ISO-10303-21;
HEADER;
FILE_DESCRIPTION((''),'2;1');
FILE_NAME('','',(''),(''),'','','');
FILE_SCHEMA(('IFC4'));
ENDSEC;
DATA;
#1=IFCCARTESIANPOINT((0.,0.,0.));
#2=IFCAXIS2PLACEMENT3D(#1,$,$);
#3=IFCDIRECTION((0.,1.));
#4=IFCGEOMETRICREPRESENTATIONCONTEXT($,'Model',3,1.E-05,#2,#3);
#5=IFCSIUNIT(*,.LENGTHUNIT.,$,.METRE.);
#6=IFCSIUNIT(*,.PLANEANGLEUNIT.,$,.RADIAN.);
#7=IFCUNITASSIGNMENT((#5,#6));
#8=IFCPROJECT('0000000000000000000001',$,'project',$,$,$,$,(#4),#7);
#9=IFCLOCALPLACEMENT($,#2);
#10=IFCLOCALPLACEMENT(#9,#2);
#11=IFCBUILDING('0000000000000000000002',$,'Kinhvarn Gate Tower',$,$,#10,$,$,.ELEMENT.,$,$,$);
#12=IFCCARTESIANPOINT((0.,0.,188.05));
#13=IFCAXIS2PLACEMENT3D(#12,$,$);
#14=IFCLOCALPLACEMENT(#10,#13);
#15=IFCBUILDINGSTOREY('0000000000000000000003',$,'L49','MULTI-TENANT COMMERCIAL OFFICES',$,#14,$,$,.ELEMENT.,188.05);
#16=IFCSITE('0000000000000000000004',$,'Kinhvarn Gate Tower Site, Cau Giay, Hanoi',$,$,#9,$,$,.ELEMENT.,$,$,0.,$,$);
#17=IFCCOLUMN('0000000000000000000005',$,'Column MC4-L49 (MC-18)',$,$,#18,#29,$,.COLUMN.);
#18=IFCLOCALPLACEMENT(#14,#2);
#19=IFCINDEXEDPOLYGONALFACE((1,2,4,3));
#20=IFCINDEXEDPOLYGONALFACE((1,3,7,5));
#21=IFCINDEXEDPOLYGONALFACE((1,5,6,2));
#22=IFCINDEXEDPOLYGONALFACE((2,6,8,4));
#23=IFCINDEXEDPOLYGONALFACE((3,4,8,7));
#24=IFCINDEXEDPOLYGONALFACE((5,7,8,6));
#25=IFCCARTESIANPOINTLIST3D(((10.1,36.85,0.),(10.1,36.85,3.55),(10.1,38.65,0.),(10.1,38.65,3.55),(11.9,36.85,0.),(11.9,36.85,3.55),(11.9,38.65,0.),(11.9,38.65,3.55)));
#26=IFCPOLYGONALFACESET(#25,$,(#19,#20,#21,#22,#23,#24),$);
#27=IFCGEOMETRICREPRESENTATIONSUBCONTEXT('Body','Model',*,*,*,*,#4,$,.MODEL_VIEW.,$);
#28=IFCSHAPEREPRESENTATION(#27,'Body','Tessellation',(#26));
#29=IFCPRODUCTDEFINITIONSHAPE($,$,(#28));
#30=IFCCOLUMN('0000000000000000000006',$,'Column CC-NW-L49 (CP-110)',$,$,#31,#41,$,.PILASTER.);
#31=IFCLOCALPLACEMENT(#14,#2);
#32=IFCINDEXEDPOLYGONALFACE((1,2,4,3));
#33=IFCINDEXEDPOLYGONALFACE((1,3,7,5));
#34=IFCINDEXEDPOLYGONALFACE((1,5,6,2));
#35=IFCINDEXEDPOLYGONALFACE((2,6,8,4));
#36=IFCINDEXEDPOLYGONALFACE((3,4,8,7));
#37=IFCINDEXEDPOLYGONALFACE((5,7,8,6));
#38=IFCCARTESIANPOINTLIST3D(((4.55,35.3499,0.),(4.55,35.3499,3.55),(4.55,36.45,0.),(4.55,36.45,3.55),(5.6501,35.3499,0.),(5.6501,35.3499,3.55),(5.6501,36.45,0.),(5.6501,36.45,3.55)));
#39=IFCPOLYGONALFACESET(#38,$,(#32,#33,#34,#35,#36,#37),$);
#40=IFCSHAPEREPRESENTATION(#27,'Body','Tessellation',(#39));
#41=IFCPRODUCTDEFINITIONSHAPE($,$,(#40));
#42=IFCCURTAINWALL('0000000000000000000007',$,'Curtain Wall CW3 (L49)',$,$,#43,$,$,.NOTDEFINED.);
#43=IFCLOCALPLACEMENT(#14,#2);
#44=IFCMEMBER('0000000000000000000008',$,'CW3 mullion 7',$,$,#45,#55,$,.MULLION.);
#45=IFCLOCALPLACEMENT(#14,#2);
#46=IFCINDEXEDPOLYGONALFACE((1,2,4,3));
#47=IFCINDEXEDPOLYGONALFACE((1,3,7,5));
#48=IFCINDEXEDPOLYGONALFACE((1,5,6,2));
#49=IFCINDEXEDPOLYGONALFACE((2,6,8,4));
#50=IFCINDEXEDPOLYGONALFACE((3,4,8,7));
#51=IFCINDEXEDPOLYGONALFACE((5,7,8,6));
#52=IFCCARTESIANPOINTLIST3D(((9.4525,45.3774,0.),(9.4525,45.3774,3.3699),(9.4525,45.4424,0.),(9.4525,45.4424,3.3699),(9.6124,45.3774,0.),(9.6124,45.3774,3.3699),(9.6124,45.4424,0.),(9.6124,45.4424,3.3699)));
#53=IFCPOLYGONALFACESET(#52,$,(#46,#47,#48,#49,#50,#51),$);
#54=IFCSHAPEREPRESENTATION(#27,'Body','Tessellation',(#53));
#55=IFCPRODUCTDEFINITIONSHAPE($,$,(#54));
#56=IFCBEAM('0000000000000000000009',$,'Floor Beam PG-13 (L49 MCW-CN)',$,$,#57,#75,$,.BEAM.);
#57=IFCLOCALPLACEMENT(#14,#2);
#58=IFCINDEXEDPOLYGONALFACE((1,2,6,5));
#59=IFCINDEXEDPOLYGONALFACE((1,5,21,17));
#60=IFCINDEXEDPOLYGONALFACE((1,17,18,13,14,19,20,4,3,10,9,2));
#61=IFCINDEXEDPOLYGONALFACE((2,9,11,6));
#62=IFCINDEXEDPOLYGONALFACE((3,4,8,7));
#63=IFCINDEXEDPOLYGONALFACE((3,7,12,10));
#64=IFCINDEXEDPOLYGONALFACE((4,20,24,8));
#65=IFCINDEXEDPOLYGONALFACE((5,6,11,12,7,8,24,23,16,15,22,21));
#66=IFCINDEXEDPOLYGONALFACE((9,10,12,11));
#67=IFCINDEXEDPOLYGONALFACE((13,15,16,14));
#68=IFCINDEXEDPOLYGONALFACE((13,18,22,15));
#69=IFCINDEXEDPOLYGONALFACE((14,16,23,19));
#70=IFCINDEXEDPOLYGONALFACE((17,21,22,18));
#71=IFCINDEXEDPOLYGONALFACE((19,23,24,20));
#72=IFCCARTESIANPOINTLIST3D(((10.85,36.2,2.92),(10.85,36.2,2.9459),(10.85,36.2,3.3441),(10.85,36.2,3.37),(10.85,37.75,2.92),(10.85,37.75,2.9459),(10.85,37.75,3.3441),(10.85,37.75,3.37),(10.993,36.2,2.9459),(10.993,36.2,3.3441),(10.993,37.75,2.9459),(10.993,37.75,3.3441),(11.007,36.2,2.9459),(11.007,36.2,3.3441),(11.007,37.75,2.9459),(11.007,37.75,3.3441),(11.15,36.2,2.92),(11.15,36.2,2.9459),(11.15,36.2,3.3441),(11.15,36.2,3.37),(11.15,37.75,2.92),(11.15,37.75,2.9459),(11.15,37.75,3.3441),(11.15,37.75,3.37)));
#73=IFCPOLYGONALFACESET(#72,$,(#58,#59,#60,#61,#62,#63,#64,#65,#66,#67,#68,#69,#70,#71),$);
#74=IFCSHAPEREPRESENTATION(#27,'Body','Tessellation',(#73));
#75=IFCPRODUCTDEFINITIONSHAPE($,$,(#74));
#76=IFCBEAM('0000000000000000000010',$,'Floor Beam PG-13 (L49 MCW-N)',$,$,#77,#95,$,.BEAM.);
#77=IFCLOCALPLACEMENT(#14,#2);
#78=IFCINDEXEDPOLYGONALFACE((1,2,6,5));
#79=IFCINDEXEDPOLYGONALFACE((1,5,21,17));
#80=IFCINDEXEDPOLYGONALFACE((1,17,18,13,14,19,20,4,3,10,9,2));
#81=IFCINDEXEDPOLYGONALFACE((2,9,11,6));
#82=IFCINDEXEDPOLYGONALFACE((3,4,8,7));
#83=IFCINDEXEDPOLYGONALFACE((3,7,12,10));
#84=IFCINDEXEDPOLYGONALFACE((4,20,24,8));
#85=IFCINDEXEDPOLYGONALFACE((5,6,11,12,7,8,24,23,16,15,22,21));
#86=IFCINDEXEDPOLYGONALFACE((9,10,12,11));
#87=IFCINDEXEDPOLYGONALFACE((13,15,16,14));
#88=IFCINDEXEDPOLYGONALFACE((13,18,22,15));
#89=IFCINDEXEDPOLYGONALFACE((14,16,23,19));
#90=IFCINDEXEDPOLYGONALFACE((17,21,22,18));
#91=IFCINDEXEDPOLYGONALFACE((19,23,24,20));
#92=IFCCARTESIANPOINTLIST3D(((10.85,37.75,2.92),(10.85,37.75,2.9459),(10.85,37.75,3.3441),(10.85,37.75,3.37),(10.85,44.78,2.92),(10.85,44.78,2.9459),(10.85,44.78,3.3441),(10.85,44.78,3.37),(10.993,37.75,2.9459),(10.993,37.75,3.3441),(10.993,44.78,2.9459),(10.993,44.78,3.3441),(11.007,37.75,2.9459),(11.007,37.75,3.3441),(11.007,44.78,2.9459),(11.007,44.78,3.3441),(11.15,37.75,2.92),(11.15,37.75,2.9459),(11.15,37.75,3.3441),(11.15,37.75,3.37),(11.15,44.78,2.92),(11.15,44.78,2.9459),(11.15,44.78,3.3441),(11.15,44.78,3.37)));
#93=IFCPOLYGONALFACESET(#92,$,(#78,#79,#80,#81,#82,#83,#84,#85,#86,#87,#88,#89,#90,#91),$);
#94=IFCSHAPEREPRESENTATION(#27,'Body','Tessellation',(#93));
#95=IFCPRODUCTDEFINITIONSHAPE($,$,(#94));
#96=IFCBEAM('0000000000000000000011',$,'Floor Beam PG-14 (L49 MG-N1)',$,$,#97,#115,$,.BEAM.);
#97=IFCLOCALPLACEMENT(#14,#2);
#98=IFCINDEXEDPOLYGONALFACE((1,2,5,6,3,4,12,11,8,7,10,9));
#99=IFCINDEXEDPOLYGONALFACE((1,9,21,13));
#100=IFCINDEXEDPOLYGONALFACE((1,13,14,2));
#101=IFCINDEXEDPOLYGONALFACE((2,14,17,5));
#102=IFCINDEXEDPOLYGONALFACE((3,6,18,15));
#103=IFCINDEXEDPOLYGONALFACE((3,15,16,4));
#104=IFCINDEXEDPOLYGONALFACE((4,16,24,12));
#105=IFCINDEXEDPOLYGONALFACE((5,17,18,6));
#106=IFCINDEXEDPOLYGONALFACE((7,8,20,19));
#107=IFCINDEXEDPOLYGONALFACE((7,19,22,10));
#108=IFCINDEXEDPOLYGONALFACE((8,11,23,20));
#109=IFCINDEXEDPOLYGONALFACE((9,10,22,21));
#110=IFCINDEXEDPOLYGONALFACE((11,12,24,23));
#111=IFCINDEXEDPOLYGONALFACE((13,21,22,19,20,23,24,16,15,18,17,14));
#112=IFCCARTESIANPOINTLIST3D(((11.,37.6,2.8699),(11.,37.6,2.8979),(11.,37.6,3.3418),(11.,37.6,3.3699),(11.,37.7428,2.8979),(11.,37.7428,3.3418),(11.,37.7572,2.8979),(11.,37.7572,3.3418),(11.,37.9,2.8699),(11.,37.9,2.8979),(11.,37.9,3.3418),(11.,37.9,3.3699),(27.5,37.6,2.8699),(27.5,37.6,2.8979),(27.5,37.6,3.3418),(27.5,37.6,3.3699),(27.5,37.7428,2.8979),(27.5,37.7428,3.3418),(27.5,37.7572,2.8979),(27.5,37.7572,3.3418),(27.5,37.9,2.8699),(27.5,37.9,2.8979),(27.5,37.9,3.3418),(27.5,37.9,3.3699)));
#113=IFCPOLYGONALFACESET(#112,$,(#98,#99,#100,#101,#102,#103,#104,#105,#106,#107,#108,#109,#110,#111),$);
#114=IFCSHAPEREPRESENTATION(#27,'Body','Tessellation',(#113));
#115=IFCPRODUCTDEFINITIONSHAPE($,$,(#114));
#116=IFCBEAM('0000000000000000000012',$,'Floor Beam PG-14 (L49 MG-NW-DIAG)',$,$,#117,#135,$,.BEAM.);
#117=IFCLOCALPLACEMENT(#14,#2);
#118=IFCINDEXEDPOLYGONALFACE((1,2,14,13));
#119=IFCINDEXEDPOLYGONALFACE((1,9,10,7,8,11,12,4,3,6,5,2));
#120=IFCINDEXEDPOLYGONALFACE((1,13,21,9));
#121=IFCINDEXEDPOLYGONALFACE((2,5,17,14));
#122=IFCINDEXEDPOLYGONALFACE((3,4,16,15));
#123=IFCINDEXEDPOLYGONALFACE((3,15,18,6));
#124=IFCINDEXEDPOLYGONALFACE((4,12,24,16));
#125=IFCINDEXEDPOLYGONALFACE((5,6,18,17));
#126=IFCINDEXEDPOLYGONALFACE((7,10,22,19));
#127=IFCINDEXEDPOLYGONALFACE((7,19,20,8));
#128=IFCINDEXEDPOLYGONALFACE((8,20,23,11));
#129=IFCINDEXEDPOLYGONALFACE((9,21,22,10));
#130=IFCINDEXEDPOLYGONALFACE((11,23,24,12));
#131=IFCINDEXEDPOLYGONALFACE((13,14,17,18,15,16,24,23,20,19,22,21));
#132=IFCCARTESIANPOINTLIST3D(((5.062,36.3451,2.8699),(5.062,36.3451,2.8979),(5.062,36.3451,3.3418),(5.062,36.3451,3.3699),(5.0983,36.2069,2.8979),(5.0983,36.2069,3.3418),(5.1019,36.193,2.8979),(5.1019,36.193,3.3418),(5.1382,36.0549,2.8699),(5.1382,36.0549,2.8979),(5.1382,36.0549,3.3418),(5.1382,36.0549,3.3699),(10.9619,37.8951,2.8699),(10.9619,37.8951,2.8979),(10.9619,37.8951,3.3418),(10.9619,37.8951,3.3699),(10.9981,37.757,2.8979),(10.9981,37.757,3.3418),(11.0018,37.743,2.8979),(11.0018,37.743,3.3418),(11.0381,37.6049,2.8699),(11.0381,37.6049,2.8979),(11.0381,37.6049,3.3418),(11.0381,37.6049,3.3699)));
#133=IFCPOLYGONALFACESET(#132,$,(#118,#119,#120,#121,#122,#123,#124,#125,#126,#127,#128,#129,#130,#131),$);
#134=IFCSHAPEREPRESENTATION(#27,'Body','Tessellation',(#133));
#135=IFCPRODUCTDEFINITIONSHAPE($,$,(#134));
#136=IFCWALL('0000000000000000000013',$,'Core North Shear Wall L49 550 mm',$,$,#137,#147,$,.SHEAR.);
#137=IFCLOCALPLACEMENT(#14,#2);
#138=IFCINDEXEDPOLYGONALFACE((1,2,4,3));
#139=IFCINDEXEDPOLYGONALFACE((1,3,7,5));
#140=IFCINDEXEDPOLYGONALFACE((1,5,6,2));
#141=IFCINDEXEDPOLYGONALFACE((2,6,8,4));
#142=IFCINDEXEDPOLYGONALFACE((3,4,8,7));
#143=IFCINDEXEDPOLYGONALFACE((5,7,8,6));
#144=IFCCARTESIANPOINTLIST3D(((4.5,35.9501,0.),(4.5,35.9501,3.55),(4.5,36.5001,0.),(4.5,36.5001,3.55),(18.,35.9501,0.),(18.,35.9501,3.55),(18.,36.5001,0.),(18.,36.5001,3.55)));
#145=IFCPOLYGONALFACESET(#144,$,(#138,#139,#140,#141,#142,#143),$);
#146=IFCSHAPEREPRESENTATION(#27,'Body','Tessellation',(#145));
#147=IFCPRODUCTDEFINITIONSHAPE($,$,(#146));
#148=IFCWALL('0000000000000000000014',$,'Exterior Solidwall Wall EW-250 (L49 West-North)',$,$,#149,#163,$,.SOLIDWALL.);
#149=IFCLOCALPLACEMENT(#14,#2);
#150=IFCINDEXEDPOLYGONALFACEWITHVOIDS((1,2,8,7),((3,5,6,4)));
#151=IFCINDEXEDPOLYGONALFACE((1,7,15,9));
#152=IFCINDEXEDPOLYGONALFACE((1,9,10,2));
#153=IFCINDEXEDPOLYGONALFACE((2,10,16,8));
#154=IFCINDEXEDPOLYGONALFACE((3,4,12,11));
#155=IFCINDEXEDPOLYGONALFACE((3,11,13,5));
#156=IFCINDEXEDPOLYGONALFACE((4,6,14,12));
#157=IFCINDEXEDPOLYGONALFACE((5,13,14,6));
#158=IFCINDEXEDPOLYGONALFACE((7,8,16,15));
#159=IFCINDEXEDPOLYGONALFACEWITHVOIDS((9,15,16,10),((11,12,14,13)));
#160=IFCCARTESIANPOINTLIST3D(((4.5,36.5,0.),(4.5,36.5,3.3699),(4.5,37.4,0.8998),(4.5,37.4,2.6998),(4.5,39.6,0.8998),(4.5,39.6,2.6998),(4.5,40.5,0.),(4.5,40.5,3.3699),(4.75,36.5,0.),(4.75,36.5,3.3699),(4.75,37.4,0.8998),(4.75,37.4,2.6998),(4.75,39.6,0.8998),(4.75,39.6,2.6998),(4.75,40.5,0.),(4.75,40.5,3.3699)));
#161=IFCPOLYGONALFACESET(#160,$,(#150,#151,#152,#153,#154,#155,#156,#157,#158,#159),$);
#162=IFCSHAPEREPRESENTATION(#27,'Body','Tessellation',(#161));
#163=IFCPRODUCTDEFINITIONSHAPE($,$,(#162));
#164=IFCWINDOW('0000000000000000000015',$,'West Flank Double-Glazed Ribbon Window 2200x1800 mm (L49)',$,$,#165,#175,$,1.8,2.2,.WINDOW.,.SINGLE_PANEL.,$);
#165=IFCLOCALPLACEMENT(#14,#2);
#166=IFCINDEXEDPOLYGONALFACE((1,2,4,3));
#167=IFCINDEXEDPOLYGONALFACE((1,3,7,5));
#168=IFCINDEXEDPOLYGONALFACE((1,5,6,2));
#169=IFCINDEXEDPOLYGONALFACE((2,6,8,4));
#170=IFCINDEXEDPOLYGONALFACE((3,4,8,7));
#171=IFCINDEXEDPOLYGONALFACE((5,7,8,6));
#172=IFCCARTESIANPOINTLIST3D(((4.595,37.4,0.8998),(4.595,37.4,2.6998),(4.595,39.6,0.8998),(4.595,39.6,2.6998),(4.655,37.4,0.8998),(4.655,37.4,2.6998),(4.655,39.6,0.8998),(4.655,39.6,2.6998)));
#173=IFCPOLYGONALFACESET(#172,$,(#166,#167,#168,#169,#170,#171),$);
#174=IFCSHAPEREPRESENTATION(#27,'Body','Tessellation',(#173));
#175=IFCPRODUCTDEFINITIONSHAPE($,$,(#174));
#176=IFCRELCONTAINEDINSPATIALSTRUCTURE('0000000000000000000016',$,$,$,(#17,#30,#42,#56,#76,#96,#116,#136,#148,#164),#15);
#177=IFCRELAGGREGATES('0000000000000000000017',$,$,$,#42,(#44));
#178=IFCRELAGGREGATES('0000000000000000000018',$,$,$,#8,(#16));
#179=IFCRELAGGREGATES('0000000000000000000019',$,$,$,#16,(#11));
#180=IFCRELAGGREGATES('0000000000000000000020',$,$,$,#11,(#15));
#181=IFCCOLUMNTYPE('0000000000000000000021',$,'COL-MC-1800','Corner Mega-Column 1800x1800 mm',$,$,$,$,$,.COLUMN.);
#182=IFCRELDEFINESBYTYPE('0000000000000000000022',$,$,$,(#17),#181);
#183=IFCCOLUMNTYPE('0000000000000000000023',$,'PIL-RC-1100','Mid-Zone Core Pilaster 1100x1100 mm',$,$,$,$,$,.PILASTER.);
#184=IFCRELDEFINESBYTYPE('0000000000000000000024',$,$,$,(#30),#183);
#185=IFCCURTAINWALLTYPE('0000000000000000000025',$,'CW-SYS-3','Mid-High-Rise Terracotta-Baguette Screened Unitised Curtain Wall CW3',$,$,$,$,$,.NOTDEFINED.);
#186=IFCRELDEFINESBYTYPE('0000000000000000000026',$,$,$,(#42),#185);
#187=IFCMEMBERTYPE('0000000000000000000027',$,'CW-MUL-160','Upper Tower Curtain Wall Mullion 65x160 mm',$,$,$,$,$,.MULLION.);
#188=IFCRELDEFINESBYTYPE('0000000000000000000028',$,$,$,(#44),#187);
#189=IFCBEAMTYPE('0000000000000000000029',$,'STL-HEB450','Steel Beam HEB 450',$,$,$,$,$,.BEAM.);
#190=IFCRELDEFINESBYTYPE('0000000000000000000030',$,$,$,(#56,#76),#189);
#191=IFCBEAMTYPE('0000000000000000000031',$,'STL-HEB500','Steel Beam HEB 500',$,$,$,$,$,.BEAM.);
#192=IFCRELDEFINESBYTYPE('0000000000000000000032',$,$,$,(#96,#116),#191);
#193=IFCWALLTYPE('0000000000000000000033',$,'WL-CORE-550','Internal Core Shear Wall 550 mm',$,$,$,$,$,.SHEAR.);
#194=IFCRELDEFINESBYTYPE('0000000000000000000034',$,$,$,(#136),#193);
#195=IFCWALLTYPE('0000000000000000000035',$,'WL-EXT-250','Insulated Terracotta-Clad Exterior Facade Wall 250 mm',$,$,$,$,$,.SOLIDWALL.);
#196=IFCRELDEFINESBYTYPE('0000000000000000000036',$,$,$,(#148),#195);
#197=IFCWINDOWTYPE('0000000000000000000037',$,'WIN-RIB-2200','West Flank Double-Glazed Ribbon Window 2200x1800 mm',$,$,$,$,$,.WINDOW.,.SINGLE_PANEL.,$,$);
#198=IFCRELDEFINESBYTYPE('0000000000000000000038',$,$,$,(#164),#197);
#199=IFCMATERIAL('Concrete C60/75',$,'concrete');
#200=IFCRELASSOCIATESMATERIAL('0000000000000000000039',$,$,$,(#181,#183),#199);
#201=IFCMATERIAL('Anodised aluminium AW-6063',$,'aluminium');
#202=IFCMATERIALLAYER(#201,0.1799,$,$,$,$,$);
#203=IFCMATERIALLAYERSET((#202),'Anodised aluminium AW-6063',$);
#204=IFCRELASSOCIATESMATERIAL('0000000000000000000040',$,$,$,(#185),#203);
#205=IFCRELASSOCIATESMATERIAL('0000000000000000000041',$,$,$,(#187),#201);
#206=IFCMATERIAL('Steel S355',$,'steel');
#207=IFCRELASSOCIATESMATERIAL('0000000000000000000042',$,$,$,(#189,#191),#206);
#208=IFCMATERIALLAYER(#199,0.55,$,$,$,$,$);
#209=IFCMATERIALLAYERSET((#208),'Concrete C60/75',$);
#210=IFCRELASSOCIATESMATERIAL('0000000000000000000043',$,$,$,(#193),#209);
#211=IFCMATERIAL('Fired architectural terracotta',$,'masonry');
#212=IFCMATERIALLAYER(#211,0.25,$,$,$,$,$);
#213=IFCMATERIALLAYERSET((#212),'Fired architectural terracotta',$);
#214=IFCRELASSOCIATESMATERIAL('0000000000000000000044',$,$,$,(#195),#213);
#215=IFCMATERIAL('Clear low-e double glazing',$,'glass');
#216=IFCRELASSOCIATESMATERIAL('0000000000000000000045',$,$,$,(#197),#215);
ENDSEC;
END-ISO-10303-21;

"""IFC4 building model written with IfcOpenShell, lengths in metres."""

from ifc_helpers import new_model, si_unit, direction, frame, frame_2d, origin, origin_2d, place, context, subcontext, project, spatial, rectangle, i_section, extrude, material, layer, layer_set, material_profile, profile_set, type_object, element, fill, aggregate, save


model = new_model("IFC4")

# Units and contexts
model_context = context("Model", 3, precision=1e-05, world=origin(), true_north=direction((0.0, 1.0)))
body_context = subcontext(model_context, "Body", "Model", "MODEL_VIEW")
ifc_project = project(units=[si_unit("LENGTHUNIT", "METRE"), si_unit("PLANEANGLEUNIT", "RADIAN")], contexts=[model_context])

# Site, building, storey
site_placement = place(None, origin())
site = spatial("IfcSite", under=ifc_project, at=site_placement, Name="Kinhvarn Gate Tower Site, Cau Giay, Hanoi", CompositionType="ELEMENT", RefElevation=0.0)
building_placement = place(site_placement, origin())
building = spatial("IfcBuilding", under=site, at=building_placement, Name="Kinhvarn Gate Tower", CompositionType="ELEMENT")
storey_placement = place(building_placement, frame((0.0, 0.0, 188.05)))
storey = spatial("IfcBuildingStorey", under=building, at=storey_placement, Name="L49", Description="MULTI-TENANT COMMERCIAL OFFICES", CompositionType="ELEMENT", Elevation=188.05)

# Columns
ifc_material_1 = material(Name="Concrete C60/75", Category="concrete")
ifc_material_profile_1 = material_profile(ifc_material_1, rectangle(XDim=1.8, YDim=1.8, at=origin_2d()), Name="RC 1800x1800")
ifc_profile_set_1 = profile_set([ifc_material_profile_1], Name="Concrete C60/75")
column_type_1 = type_object("IfcColumnType", Name="COL-MC-1800", Description="Corner Mega-Column 1800x1800 mm", PredefinedType="COLUMN", material=ifc_profile_set_1)
column_1_placement = place(storey_placement, frame((11.0, 37.75, 0.0), z_axis=(0.0, 0.0, 1.0), x_axis=(1.0, 0.0, 0.0)))
element("IfcColumn", 1, at=column_1_placement, inside=storey, type_object=column_type_1, Name="Column MC4-L49 (MC-18)", PredefinedType="COLUMN", context=body_context, shape_type="SweptSolid", body=[
    extrude(rectangle(XDim=1.8, YDim=1.8, at=origin_2d()), origin(), (0.0, 0.0, 1.0), 3.55),
])
ifc_material_profile_2 = material_profile(ifc_material_1, rectangle(XDim=1.1001, YDim=1.1001, at=origin_2d()), Name="RC 1100x1100")
ifc_profile_set_2 = profile_set([ifc_material_profile_2], Name="Concrete C60/75")
column_type_2 = type_object("IfcColumnType", Name="PIL-RC-1100", Description="Mid-Zone Core Pilaster 1100x1100 mm", PredefinedType="PILASTER", material=ifc_profile_set_2)
column_2_placement = place(storey_placement, frame((5.1001, 35.8999, 0.0), z_axis=(0.0, 0.0, 1.0), x_axis=(1.0, 0.0, 0.0)))
element("IfcColumn", 2, at=column_2_placement, inside=storey, type_object=column_type_2, Name="Column CC-NW-L49 (CP-110)", PredefinedType="PILASTER", context=body_context, shape_type="SweptSolid", body=[
    extrude(rectangle(XDim=1.1001, YDim=1.1001, at=origin_2d()), origin(), (0.0, 0.0, 1.0), 3.55),
])

# Curtain wall, member
ifc_material_2 = material(Name="Anodised aluminium AW-6063", Category="aluminium")
ifc_layer_1 = layer(ifc_material_2, 0.1799)
ifc_layer_set_1 = layer_set([ifc_layer_1], Name="Anodised aluminium AW-6063")
curtain_wall_type = type_object("IfcCurtainWallType", Name="CW-SYS-3", Description="Mid-High-Rise Terracotta-Baguette Screened Unitised Curtain Wall CW3", PredefinedType="NOTDEFINED", material=ifc_layer_set_1)
curtain_wall_placement = place(storey_placement, origin())
curtain_wall = element("IfcCurtainWall", 3, at=curtain_wall_placement, inside=storey, type_object=curtain_wall_type, Name="Curtain Wall CW3 (L49)", PredefinedType="NOTDEFINED")
ifc_material_profile_3 = material_profile(ifc_material_2, rectangle(XDim=0.0649, YDim=0.1599, at=origin_2d()), Name="ALU 65x160")
ifc_profile_set_3 = profile_set([ifc_material_profile_3], Name="Anodised aluminium AW-6063")
member_type = type_object("IfcMemberType", Name="CW-MUL-160", Description="Upper Tower Curtain Wall Mullion 65x160 mm", PredefinedType="MULLION", material=ifc_profile_set_3)
member_placement = place(storey_placement, frame((9.5325, 45.4099, 0.0), z_axis=(0.0, 0.0, 1.0), x_axis=(0.0, -1.0, 0.0)))
member = element("IfcMember", 4, at=member_placement, type_object=member_type, Name="CW3 mullion 7", PredefinedType="MULLION", context=body_context, shape_type="SweptSolid", body=[
    extrude(rectangle(XDim=0.0649, YDim=0.1599, at=origin_2d()), origin(), (0.0, 0.0, 1.0), 3.3699),
])
aggregate(curtain_wall, [member])

# Beams
ifc_material_3 = material(Name="Steel S355", Category="steel")
ifc_material_profile_4 = material_profile(ifc_material_3, i_section(OverallWidth=0.3, OverallDepth=0.45, WebThickness=0.0139, FlangeThickness=0.0259, at=origin_2d()), Name="HEB 450")
ifc_profile_set_4 = profile_set([ifc_material_profile_4], Name="Steel S355")
beam_type_1 = type_object("IfcBeamType", Name="STL-HEB450", Description="Steel Beam HEB 450", PredefinedType="BEAM", material=ifc_profile_set_4)
beam_1_placement = place(storey_placement, frame((11.0, 36.2, 3.145), z_axis=(0.0, 1.0, 0.0), x_axis=(-1.0, 0.0, 0.0)))
element("IfcBeam", 5, at=beam_1_placement, inside=storey, type_object=beam_type_1, Name="Floor Beam PG-13 (L49 MCW-CN)", PredefinedType="BEAM", context=body_context, shape_type="SweptSolid", body=[
    extrude(i_section(OverallWidth=0.3, OverallDepth=0.45, WebThickness=0.0139, FlangeThickness=0.0259, at=origin_2d()), origin(), (0.0, 0.0, 1.0), 1.55),
])
beam_2_placement = place(storey_placement, frame((11.0, 37.75, 3.145), z_axis=(0.0, 1.0, 0.0), x_axis=(-1.0, 0.0, 0.0)))
element("IfcBeam", 6, at=beam_2_placement, inside=storey, type_object=beam_type_1, Name="Floor Beam PG-13 (L49 MCW-N)", PredefinedType="BEAM", context=body_context, shape_type="SweptSolid", body=[
    extrude(i_section(OverallWidth=0.3, OverallDepth=0.45, WebThickness=0.0139, FlangeThickness=0.0259, at=origin_2d()), origin(), (0.0, 0.0, 1.0), 7.03),
])
ifc_material_profile_5 = material_profile(ifc_material_3, i_section(OverallWidth=0.3, OverallDepth=0.5, WebThickness=0.0144, FlangeThickness=0.0281, at=origin_2d()), Name="HEB 500")
ifc_profile_set_5 = profile_set([ifc_material_profile_5], Name="Steel S355")
beam_type_2 = type_object("IfcBeamType", Name="STL-HEB500", Description="Steel Beam HEB 500", PredefinedType="BEAM", material=ifc_profile_set_5)
beam_3_placement = place(storey_placement, frame((11.0, 37.75, 3.1199), z_axis=(1.0, 0.0, 0.0), x_axis=(0.0, 1.0, 0.0)))
element("IfcBeam", 7, at=beam_3_placement, inside=storey, type_object=beam_type_2, Name="Floor Beam PG-14 (L49 MG-N1)", PredefinedType="BEAM", context=body_context, shape_type="SweptSolid", body=[
    extrude(i_section(OverallWidth=0.3, OverallDepth=0.5, WebThickness=0.0144, FlangeThickness=0.0281, at=origin_2d()), origin(), (0.0, 0.0, 1.0), 16.5),
])
beam_4_placement = place(storey_placement, frame((5.1001, 36.2, 3.1199), z_axis=(0.967178, 0.254101, 0.0), x_axis=(-0.254101, 0.967178, 0.0)))
element("IfcBeam", 8, at=beam_4_placement, inside=storey, type_object=beam_type_2, Name="Floor Beam PG-14 (L49 MG-NW-DIAG)", PredefinedType="BEAM", context=body_context, shape_type="SweptSolid", body=[
    extrude(i_section(OverallWidth=0.3, OverallDepth=0.5, WebThickness=0.0144, FlangeThickness=0.0281, at=origin_2d()), origin(), (0.0, 0.0, 1.0), 6.1001),
])

# Wall
ifc_layer_2 = layer(ifc_material_1, 0.55)
ifc_layer_set_2 = layer_set([ifc_layer_2], Name="Concrete C60/75")
wall_type_1 = type_object("IfcWallType", Name="WL-CORE-550", Description="Internal Core Shear Wall 550 mm", PredefinedType="SHEAR", material=ifc_layer_set_2)
wall_1_placement = place(storey_placement, frame((4.5, 36.2251, 0.0), z_axis=(0.0, 0.0, 1.0), x_axis=(1.0, 0.0, 0.0)))
element("IfcWall", 9, at=wall_1_placement, inside=storey, type_object=wall_type_1, Name="Core North Shear Wall L49 550 mm", PredefinedType="SHEAR", context=body_context, shape_type="SweptSolid", body=[
    extrude(rectangle(XDim=13.5, YDim=0.55, at=frame_2d((6.75, 0.0))), origin(), (0.0, 0.0, 1.0), 3.55),
])

# Wall, opening, window
ifc_material_4 = material(Name="Fired architectural terracotta", Category="masonry")
ifc_layer_3 = layer(ifc_material_4, 0.25)
ifc_layer_set_3 = layer_set([ifc_layer_3], Name="Fired architectural terracotta")
wall_type_2 = type_object("IfcWallType", Name="WL-EXT-250", Description="Insulated Terracotta-Clad Exterior Facade Wall 250 mm", PredefinedType="SOLIDWALL", material=ifc_layer_set_3)
wall_2_placement = place(storey_placement, frame((4.625, 40.5, 0.0), z_axis=(0.0, 0.0, 1.0), x_axis=(0.0, -1.0, 0.0)))
wall_2 = element("IfcWall", 10, at=wall_2_placement, inside=storey, type_object=wall_type_2, Name="Exterior Solidwall Wall EW-250 (L49 West-North)", PredefinedType="SOLIDWALL", context=body_context, shape_type="SweptSolid", body=[
    extrude(rectangle(XDim=4.0, YDim=0.25, at=frame_2d((2.0, 0.0))), origin(), (0.0, 0.0, 1.0), 3.3699),
])
opening_1_placement = place(wall_2_placement, frame((0.8999, 0.0, 0.8999)))
opening_1 = element("IfcOpeningElement", 11, at=opening_1_placement, cuts=wall_2, PredefinedType="OPENING", context=body_context, shape_type="SweptSolid", body=[
    extrude(rectangle(XDim=2.2, YDim=1.8, at=frame_2d((1.1001, 0.8999))), frame((0.0, 0.135, 0.0), z_axis=(0.0, -1.0, 0.0), x_axis=(1.0, 0.0, 0.0)), (0.0, 0.0, 1.0), 0.27),
])
ifc_material_5 = material(Name="Clear low-e double glazing", Category="glass")
window_type_1 = type_object("IfcWindowType", Name="WIN-RIB-2200", Description="West Flank Double-Glazed Ribbon Window 2200x1800 mm", PartitioningType="SINGLE_PANEL", PredefinedType="WINDOW", material=ifc_material_5)
window_1_placement = place(opening_1_placement, origin())
window_1 = element("IfcWindow", 12, at=window_1_placement, inside=storey, type_object=window_type_1, Name="West Flank Double-Glazed Ribbon Window 2200x1800 mm (L49)", OverallHeight=1.8, OverallWidth=2.2, PartitioningType="SINGLE_PANEL", PredefinedType="WINDOW", context=body_context, shape_type="SweptSolid", body=[
    extrude(rectangle(XDim=2.2, YDim=1.8, at=frame_2d((1.1001, 0.8999))), frame((0.0, 0.03, 0.0), z_axis=(0.0, -1.0, 0.0), x_axis=(1.0, 0.0, 0.0)), (0.0, 0.0, 1.0), 0.0601),
])
fill(opening_1, window_1)

save(model, "model.ifc")
